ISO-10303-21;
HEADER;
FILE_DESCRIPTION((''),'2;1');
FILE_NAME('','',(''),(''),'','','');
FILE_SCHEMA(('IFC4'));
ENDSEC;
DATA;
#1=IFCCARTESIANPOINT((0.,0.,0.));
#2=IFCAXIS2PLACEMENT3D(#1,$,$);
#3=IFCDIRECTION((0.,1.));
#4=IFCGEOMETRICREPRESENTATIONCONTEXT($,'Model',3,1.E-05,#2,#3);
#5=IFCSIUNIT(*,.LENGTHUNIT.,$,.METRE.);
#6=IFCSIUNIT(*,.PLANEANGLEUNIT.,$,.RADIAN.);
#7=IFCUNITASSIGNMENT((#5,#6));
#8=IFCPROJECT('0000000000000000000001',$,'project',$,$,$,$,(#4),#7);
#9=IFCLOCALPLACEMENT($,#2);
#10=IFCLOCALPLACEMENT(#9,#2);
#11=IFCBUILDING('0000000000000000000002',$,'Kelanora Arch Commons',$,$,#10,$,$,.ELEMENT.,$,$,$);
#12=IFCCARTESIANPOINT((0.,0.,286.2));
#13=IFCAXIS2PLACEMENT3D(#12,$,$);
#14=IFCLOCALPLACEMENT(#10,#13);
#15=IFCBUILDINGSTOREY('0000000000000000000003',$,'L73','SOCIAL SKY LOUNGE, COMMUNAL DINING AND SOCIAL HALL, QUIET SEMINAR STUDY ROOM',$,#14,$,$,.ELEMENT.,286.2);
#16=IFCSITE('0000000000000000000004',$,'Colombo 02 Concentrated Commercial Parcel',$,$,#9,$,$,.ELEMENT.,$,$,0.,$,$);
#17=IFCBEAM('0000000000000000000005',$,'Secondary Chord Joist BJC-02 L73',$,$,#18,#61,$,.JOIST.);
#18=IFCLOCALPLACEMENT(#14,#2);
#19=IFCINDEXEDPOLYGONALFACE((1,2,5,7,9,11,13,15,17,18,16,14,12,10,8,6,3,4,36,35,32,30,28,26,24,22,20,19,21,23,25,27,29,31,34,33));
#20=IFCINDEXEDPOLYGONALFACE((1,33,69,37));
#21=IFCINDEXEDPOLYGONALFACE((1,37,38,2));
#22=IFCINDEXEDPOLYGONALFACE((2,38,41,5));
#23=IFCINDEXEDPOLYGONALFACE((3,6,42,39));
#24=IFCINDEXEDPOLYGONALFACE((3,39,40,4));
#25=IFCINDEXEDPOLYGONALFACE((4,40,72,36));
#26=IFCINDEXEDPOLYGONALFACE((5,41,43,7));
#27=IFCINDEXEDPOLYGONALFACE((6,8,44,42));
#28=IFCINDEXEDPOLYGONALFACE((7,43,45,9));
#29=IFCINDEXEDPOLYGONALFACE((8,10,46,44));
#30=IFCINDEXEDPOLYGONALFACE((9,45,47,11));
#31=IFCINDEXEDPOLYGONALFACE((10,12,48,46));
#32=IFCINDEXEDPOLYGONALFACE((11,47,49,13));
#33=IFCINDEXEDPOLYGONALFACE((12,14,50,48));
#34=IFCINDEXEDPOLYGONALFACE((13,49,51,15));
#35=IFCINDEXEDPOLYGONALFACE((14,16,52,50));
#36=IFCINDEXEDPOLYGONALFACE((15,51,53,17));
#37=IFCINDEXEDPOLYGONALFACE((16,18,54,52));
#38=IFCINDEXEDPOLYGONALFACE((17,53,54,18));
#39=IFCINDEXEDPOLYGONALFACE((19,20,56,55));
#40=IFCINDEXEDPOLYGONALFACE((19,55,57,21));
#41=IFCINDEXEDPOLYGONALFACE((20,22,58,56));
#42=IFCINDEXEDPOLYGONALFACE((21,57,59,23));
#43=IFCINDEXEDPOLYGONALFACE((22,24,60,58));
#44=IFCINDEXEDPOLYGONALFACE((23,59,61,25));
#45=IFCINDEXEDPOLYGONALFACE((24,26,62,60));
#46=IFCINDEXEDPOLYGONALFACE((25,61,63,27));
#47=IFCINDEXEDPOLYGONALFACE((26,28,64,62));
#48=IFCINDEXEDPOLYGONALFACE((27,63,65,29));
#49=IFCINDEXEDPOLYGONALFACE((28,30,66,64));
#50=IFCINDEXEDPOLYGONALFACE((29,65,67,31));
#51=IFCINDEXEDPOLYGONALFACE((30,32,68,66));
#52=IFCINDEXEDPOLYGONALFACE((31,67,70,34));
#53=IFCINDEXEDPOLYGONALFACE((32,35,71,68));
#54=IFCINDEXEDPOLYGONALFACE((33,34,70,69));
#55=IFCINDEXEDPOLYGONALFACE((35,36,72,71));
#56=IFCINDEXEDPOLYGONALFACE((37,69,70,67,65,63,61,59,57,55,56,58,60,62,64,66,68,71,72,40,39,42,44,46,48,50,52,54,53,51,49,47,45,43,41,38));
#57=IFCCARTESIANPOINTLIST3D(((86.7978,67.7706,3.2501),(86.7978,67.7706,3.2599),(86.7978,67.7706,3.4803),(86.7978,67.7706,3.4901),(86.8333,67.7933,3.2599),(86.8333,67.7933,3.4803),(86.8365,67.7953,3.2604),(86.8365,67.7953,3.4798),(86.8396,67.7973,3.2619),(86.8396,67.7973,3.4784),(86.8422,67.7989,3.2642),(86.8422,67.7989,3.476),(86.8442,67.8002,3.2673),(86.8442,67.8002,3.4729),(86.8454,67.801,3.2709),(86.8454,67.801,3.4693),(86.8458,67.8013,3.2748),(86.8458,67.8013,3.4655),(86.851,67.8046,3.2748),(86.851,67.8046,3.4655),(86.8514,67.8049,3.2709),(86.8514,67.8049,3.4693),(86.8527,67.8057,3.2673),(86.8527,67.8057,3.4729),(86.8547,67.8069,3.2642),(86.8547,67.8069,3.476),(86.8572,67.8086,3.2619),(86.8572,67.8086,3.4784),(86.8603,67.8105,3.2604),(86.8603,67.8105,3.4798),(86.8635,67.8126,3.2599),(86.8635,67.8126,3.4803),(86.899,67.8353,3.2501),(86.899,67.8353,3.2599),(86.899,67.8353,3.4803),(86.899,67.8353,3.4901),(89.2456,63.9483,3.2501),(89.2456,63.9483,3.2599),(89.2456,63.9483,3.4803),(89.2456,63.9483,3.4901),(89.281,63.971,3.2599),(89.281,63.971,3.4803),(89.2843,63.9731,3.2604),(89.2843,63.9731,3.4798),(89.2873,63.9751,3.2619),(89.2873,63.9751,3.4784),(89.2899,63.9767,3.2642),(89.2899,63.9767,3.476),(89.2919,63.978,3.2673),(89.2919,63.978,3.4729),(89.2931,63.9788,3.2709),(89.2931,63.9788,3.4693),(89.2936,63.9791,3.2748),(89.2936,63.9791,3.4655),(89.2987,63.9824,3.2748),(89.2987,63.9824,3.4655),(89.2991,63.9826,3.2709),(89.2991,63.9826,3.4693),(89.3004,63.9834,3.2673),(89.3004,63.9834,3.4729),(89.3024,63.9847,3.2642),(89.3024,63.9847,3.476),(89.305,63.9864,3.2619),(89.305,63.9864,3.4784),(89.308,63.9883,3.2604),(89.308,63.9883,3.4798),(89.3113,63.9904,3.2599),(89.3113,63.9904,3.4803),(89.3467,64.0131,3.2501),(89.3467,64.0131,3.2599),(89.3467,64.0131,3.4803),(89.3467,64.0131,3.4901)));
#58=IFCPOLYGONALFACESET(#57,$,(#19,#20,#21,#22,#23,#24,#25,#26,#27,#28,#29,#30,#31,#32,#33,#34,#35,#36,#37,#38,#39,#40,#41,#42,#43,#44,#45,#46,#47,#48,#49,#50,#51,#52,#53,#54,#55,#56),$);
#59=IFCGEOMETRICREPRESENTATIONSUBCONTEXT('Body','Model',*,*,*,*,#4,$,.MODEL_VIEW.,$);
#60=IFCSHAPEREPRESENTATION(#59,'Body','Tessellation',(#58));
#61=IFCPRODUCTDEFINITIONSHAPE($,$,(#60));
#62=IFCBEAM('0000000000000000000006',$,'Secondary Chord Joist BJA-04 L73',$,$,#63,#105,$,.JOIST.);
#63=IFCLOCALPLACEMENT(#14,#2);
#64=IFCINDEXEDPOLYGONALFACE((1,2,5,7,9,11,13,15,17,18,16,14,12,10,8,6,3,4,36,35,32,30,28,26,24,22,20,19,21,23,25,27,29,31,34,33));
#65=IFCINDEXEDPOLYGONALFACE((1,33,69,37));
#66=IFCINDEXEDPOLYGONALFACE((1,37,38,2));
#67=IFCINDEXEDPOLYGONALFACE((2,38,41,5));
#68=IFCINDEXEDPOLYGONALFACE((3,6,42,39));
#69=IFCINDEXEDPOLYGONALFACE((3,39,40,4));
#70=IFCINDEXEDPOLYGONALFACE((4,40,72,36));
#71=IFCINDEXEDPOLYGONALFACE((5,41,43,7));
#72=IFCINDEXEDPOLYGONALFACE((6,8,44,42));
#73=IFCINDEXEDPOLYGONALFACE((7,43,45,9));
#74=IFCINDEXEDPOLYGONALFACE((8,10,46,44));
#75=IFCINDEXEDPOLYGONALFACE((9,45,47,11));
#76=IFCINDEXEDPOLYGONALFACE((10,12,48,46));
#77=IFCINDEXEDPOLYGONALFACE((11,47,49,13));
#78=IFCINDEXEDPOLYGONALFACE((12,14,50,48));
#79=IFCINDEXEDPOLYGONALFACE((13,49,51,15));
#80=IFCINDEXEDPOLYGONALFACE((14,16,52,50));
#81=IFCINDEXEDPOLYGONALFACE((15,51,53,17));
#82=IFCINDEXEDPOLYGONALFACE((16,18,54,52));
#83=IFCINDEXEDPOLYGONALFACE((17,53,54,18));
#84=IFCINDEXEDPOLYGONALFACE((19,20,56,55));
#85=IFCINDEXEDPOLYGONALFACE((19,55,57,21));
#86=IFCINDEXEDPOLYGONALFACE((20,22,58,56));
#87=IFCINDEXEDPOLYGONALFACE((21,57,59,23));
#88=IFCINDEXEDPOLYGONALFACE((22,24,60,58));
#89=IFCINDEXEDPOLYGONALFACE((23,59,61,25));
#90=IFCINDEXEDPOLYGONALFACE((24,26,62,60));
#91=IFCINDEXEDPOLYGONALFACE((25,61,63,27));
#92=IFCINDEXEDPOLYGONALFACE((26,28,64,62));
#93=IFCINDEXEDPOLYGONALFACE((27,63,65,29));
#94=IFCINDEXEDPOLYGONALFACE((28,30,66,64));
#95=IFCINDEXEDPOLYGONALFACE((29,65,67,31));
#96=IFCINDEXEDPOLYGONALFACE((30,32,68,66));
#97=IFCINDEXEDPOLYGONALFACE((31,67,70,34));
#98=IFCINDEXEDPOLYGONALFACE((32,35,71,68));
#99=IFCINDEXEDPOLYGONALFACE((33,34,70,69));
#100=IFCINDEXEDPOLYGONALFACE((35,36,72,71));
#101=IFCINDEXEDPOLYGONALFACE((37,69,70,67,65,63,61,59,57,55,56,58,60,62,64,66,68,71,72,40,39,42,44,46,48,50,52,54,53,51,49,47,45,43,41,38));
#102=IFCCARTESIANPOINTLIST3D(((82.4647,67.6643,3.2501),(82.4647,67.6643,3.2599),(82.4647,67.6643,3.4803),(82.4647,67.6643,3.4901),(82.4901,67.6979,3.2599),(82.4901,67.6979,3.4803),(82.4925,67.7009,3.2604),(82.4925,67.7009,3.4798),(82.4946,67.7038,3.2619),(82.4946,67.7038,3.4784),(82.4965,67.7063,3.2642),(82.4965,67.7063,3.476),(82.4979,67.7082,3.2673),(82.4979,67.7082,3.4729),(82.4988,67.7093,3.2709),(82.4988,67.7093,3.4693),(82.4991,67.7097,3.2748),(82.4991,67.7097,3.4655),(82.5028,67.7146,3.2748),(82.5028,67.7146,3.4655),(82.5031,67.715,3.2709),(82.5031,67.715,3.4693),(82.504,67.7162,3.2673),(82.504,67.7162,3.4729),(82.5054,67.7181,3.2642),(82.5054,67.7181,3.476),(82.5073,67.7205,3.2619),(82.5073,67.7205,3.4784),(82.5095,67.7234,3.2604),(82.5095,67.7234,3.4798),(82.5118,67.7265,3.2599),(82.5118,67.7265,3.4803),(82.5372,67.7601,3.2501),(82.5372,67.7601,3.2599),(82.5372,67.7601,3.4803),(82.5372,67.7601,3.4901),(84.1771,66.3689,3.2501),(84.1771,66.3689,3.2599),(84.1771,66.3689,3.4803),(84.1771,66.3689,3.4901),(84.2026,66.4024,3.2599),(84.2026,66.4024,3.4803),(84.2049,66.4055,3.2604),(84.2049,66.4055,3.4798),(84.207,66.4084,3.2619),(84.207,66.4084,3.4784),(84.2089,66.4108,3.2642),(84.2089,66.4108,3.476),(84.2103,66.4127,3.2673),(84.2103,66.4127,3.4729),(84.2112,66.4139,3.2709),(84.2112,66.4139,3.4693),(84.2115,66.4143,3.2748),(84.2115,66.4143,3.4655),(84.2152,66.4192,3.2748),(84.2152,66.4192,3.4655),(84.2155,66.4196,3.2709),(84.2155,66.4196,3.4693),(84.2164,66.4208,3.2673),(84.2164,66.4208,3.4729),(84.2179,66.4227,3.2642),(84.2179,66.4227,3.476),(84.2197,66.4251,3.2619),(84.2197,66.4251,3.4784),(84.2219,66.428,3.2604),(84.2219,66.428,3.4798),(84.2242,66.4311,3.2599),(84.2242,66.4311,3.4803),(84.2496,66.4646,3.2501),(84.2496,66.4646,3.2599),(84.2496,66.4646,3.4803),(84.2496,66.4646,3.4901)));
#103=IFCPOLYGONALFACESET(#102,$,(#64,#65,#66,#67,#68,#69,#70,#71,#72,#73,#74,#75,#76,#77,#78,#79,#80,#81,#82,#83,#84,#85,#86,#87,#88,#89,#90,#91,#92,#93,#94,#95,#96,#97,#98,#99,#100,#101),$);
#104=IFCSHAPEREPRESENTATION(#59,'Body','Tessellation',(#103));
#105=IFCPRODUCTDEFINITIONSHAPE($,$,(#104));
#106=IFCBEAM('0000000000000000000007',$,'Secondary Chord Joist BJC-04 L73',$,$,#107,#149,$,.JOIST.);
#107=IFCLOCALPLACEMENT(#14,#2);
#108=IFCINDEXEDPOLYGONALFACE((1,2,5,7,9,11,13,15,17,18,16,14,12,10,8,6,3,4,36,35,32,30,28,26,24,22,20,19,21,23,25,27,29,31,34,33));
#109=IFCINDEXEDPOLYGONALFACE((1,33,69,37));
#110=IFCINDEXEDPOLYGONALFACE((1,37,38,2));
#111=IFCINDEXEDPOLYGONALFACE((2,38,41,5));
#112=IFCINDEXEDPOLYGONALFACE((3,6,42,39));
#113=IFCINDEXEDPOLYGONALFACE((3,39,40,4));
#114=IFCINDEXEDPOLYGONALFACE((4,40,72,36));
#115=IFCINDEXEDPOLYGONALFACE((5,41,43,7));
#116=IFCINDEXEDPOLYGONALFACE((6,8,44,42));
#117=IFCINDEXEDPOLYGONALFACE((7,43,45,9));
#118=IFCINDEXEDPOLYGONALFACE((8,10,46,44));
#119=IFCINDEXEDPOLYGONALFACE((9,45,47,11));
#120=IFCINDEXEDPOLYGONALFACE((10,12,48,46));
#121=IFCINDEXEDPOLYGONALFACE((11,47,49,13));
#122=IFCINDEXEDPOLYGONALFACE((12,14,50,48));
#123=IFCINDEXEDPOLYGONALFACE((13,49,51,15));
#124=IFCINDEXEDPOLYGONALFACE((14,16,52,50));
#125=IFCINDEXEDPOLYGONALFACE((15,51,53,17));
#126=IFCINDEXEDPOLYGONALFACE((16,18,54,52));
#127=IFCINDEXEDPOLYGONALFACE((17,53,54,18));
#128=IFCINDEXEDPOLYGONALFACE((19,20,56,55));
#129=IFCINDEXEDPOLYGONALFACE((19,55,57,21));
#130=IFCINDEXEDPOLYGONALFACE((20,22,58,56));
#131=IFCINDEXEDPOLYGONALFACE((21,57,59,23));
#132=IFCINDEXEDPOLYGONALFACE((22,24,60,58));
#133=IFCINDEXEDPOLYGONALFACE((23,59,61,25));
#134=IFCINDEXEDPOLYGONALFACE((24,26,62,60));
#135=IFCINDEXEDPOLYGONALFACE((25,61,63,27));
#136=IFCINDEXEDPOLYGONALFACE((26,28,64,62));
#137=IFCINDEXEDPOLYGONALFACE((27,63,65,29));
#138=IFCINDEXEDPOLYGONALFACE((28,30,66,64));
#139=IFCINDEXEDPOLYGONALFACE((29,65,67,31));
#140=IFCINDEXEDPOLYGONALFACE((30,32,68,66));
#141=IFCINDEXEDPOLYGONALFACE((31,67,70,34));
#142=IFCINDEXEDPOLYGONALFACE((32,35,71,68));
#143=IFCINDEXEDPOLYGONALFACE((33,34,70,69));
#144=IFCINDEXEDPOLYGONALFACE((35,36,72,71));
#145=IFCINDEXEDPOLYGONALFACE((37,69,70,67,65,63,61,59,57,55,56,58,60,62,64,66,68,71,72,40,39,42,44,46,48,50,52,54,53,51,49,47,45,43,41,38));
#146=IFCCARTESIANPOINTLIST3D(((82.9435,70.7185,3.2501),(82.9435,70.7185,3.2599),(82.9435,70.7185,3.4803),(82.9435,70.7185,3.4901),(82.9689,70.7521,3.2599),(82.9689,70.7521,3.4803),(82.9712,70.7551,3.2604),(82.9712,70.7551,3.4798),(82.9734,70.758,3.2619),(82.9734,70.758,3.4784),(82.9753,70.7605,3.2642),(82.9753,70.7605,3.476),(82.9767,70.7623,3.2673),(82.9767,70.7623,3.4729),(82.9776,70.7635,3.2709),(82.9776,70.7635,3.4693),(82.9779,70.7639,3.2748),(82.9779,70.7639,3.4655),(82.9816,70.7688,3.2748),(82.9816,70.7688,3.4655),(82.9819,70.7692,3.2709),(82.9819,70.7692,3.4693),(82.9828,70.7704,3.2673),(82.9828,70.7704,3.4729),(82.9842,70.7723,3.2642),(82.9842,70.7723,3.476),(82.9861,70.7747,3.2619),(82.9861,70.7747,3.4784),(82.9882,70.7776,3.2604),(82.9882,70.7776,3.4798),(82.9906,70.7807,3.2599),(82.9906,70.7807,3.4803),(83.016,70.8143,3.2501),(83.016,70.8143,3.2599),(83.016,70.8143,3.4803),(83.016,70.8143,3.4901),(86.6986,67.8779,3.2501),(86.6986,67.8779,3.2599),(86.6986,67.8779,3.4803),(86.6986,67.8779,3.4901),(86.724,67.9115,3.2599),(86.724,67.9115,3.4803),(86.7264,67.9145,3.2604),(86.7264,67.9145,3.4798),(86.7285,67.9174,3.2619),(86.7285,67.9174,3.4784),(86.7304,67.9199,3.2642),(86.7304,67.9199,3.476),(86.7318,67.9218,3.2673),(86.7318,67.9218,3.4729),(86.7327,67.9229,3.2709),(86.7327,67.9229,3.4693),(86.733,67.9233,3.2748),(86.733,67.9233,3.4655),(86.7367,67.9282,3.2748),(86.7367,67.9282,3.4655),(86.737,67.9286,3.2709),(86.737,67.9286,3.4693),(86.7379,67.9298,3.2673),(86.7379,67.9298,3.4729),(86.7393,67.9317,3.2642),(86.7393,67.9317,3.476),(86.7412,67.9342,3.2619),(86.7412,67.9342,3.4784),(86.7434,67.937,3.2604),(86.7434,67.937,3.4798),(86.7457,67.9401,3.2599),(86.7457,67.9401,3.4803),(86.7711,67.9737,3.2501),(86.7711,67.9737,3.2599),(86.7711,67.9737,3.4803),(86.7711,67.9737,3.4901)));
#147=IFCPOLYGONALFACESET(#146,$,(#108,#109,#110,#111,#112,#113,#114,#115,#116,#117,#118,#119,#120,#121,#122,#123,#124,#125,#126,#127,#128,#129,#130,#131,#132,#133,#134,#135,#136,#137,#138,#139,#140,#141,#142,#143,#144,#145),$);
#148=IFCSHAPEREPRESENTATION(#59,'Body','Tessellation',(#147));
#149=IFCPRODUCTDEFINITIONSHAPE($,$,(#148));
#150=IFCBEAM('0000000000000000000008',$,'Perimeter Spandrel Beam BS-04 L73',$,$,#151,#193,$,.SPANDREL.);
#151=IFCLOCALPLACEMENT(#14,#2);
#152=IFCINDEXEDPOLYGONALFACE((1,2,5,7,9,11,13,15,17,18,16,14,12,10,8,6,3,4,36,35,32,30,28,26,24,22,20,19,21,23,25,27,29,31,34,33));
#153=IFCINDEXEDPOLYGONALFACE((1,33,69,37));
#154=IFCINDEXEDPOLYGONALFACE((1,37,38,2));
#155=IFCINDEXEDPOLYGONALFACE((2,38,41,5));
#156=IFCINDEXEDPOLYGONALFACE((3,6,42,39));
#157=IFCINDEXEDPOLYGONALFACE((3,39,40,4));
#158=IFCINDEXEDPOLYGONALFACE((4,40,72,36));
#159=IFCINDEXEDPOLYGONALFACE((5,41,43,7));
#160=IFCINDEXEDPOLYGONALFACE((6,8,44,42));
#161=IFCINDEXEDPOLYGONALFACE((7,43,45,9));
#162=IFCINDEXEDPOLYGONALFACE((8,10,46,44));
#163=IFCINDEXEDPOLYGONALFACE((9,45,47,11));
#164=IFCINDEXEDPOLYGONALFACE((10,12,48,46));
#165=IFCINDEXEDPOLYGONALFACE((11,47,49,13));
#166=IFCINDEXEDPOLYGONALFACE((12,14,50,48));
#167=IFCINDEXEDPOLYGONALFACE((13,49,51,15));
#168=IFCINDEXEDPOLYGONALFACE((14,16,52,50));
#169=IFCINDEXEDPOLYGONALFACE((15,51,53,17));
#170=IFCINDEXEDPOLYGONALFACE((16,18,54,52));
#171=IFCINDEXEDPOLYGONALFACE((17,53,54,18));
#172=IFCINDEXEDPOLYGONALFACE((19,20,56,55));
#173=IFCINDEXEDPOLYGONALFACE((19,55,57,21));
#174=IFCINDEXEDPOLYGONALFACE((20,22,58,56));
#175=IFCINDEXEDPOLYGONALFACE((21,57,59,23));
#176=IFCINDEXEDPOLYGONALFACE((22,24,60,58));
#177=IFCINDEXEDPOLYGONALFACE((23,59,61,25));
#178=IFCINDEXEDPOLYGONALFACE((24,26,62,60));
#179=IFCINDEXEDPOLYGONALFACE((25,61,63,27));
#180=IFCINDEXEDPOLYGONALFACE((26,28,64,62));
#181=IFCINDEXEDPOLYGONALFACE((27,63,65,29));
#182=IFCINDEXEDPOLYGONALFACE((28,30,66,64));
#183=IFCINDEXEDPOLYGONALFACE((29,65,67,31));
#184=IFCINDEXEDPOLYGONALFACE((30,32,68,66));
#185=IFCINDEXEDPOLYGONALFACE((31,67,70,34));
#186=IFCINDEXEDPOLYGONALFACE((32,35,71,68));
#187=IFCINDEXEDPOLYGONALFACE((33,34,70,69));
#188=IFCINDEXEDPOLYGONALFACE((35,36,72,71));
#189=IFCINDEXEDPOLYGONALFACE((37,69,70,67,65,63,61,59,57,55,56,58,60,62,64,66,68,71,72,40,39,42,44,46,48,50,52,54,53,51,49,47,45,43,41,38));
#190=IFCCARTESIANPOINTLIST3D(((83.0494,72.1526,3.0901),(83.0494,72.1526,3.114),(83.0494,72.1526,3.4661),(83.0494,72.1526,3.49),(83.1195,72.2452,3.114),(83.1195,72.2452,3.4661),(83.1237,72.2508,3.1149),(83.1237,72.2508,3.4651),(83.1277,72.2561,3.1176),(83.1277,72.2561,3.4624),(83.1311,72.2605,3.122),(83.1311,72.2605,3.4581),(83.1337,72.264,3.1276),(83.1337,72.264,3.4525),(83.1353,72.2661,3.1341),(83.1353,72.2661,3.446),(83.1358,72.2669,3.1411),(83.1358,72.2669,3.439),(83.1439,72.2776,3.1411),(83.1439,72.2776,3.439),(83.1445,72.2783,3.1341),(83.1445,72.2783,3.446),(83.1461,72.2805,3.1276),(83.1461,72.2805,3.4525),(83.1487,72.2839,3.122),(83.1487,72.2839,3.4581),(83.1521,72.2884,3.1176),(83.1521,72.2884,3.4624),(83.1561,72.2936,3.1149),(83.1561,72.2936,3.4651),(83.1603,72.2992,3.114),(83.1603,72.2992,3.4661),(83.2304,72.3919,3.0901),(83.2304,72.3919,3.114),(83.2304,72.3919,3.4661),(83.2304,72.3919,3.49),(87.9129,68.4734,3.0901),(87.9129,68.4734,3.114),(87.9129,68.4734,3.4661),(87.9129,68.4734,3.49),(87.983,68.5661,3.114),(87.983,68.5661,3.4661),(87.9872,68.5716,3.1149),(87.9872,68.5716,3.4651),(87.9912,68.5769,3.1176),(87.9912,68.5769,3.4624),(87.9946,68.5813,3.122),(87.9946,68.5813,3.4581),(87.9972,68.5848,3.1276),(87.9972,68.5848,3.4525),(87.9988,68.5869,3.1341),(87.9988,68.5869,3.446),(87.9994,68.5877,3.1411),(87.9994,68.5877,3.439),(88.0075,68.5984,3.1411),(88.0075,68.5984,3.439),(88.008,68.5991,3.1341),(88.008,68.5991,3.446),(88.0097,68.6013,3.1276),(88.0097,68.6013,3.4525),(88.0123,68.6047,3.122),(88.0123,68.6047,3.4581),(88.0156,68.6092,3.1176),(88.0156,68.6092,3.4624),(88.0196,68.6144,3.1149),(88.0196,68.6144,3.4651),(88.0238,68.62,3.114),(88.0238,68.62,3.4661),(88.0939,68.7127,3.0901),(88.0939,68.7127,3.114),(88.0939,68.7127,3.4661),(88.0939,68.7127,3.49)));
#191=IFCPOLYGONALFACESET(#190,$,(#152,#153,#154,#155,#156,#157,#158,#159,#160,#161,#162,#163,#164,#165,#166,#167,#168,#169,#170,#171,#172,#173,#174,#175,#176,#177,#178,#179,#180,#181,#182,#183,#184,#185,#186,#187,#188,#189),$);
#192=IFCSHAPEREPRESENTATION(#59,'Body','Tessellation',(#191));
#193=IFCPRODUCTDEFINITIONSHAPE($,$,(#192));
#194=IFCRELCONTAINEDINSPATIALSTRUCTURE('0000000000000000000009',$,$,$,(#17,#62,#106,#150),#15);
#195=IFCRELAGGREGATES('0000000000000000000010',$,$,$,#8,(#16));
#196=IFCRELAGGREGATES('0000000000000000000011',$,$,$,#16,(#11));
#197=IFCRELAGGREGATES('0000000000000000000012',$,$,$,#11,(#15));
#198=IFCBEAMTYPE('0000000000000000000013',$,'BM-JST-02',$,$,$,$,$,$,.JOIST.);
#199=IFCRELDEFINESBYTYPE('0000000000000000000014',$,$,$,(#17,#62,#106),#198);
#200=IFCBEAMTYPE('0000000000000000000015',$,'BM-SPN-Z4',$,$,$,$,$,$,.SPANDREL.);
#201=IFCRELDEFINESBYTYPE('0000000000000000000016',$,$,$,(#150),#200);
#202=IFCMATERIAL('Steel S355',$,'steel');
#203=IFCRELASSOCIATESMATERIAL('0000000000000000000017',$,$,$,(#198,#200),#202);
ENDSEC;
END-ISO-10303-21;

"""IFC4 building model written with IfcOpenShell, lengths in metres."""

from ifc_helpers import new_model, si_unit, direction, frame, origin, origin_2d, place, context, subcontext, project, spatial, i_section, extrude, material, material_profile, profile_set, type_object, element, save


model = new_model("IFC4")

# Units and contexts
model_context = context("Model", 3, precision=1e-05, world=origin(), true_north=direction((0.0, 1.0)))
body_context = subcontext(model_context, "Body", "Model", "MODEL_VIEW")
ifc_project = project(units=[si_unit("LENGTHUNIT", "METRE"), si_unit("PLANEANGLEUNIT", "RADIAN")], contexts=[model_context])

# Site, building, storey
site_placement = place(None, origin())
site = spatial("IfcSite", under=ifc_project, at=site_placement, Name="Colombo 02 Concentrated Commercial Parcel", CompositionType="ELEMENT", RefElevation=0.0)
building_placement = place(site_placement, origin())
building = spatial("IfcBuilding", under=site, at=building_placement, Name="Kelanora Arch Commons", CompositionType="ELEMENT")
storey_placement = place(building_placement, frame((0.0, 0.0, 286.2)))
storey = spatial("IfcBuildingStorey", under=building, at=storey_placement, Name="L73", Description="SOCIAL SKY LOUNGE, COMMUNAL DINING AND SOCIAL HALL, QUIET SEMINAR STUDY ROOM", CompositionType="ELEMENT", Elevation=286.2)

# Beams
ifc_material_1 = material(Name="Steel S355", Category="steel")
ifc_material_profile_1 = material_profile(ifc_material_1, i_section(OverallWidth=0.1201, OverallDepth=0.24, WebThickness=0.0061, FlangeThickness=0.0098, FilletRadius=0.0149, at=origin_2d()), Name="IPE240")
ifc_profile_set_1 = profile_set([ifc_material_profile_1], Name="Steel S355")
beam_type_1 = type_object("IfcBeamType", Name="BM-JST-02", PredefinedType="JOIST", material=ifc_profile_set_1)
beam_1_placement = place(storey_placement, frame((89.2961, 63.9807, 3.3701), z_axis=(-0.539289, 0.842121, 0.0), x_axis=(-0.842121, -0.539289, 0.0)))
element("IfcBeam", 1, at=beam_1_placement, inside=storey, type_object=beam_type_1, Name="Secondary Chord Joist BJC-02 L73", PredefinedType="JOIST", context=body_context, shape_type="SweptSolid", body=[
    extrude(i_section(OverallWidth=0.1201, OverallDepth=0.24, WebThickness=0.0061, FlangeThickness=0.0098, FilletRadius=0.0149, at=origin_2d()), origin(), (0.0, 0.0, 1.0), 4.5388),
])
beam_2_placement = place(storey_placement, frame((84.2134, 66.4167, 3.3701), z_axis=(-0.79751, 0.603306, 0.0), x_axis=(-0.603306, -0.79751, 0.0)))
element("IfcBeam", 2, at=beam_2_placement, inside=storey, type_object=beam_type_1, Name="Secondary Chord Joist BJA-04 L73", PredefinedType="JOIST", context=body_context, shape_type="SweptSolid", body=[
    extrude(i_section(OverallWidth=0.1201, OverallDepth=0.24, WebThickness=0.0061, FlangeThickness=0.0098, FilletRadius=0.0149, at=origin_2d()), origin(), (0.0, 0.0, 1.0), 2.1472),
])
beam_3_placement = place(storey_placement, frame((86.7349, 67.9258, 3.3701), z_axis=(-0.797523, 0.603289, 0.0), x_axis=(-0.603289, -0.797523, 0.0)))
element("IfcBeam", 3, at=beam_3_placement, inside=storey, type_object=beam_type_1, Name="Secondary Chord Joist BJC-04 L73", PredefinedType="JOIST", context=body_context, shape_type="SweptSolid", body=[
    extrude(i_section(OverallWidth=0.1201, OverallDepth=0.24, WebThickness=0.0061, FlangeThickness=0.0098, FilletRadius=0.0149, at=origin_2d()), origin(), (0.0, 0.0, 1.0), 4.7085),
])
ifc_material_profile_2 = material_profile(ifc_material_1, i_section(OverallWidth=0.3, OverallDepth=0.3999, WebThickness=0.0134, FlangeThickness=0.0239, FilletRadius=0.0271, at=origin_2d()), Name="HEB400")
ifc_profile_set_2 = profile_set([ifc_material_profile_2], Name="Steel S355")
beam_type_2 = type_object("IfcBeamType", Name="BM-SPN-Z4", PredefinedType="SPANDREL", material=ifc_profile_set_2)
beam_4_placement = place(storey_placement, frame((88.0034, 68.593, 3.29), z_axis=(-0.797509, 0.603306, 0.0), x_axis=(-0.603306, -0.797509, 0.0)))
element("IfcBeam", 4, at=beam_4_placement, inside=storey, type_object=beam_type_2, Name="Perimeter Spandrel Beam BS-04 L73", PredefinedType="SPANDREL", context=body_context, shape_type="SweptSolid", body=[
    extrude(i_section(OverallWidth=0.3, OverallDepth=0.3999, WebThickness=0.0134, FlangeThickness=0.0239, FilletRadius=0.0271, at=origin_2d()), origin(), (0.0, 0.0, 1.0), 6.0984),
])

save(model, "model.ifc")
